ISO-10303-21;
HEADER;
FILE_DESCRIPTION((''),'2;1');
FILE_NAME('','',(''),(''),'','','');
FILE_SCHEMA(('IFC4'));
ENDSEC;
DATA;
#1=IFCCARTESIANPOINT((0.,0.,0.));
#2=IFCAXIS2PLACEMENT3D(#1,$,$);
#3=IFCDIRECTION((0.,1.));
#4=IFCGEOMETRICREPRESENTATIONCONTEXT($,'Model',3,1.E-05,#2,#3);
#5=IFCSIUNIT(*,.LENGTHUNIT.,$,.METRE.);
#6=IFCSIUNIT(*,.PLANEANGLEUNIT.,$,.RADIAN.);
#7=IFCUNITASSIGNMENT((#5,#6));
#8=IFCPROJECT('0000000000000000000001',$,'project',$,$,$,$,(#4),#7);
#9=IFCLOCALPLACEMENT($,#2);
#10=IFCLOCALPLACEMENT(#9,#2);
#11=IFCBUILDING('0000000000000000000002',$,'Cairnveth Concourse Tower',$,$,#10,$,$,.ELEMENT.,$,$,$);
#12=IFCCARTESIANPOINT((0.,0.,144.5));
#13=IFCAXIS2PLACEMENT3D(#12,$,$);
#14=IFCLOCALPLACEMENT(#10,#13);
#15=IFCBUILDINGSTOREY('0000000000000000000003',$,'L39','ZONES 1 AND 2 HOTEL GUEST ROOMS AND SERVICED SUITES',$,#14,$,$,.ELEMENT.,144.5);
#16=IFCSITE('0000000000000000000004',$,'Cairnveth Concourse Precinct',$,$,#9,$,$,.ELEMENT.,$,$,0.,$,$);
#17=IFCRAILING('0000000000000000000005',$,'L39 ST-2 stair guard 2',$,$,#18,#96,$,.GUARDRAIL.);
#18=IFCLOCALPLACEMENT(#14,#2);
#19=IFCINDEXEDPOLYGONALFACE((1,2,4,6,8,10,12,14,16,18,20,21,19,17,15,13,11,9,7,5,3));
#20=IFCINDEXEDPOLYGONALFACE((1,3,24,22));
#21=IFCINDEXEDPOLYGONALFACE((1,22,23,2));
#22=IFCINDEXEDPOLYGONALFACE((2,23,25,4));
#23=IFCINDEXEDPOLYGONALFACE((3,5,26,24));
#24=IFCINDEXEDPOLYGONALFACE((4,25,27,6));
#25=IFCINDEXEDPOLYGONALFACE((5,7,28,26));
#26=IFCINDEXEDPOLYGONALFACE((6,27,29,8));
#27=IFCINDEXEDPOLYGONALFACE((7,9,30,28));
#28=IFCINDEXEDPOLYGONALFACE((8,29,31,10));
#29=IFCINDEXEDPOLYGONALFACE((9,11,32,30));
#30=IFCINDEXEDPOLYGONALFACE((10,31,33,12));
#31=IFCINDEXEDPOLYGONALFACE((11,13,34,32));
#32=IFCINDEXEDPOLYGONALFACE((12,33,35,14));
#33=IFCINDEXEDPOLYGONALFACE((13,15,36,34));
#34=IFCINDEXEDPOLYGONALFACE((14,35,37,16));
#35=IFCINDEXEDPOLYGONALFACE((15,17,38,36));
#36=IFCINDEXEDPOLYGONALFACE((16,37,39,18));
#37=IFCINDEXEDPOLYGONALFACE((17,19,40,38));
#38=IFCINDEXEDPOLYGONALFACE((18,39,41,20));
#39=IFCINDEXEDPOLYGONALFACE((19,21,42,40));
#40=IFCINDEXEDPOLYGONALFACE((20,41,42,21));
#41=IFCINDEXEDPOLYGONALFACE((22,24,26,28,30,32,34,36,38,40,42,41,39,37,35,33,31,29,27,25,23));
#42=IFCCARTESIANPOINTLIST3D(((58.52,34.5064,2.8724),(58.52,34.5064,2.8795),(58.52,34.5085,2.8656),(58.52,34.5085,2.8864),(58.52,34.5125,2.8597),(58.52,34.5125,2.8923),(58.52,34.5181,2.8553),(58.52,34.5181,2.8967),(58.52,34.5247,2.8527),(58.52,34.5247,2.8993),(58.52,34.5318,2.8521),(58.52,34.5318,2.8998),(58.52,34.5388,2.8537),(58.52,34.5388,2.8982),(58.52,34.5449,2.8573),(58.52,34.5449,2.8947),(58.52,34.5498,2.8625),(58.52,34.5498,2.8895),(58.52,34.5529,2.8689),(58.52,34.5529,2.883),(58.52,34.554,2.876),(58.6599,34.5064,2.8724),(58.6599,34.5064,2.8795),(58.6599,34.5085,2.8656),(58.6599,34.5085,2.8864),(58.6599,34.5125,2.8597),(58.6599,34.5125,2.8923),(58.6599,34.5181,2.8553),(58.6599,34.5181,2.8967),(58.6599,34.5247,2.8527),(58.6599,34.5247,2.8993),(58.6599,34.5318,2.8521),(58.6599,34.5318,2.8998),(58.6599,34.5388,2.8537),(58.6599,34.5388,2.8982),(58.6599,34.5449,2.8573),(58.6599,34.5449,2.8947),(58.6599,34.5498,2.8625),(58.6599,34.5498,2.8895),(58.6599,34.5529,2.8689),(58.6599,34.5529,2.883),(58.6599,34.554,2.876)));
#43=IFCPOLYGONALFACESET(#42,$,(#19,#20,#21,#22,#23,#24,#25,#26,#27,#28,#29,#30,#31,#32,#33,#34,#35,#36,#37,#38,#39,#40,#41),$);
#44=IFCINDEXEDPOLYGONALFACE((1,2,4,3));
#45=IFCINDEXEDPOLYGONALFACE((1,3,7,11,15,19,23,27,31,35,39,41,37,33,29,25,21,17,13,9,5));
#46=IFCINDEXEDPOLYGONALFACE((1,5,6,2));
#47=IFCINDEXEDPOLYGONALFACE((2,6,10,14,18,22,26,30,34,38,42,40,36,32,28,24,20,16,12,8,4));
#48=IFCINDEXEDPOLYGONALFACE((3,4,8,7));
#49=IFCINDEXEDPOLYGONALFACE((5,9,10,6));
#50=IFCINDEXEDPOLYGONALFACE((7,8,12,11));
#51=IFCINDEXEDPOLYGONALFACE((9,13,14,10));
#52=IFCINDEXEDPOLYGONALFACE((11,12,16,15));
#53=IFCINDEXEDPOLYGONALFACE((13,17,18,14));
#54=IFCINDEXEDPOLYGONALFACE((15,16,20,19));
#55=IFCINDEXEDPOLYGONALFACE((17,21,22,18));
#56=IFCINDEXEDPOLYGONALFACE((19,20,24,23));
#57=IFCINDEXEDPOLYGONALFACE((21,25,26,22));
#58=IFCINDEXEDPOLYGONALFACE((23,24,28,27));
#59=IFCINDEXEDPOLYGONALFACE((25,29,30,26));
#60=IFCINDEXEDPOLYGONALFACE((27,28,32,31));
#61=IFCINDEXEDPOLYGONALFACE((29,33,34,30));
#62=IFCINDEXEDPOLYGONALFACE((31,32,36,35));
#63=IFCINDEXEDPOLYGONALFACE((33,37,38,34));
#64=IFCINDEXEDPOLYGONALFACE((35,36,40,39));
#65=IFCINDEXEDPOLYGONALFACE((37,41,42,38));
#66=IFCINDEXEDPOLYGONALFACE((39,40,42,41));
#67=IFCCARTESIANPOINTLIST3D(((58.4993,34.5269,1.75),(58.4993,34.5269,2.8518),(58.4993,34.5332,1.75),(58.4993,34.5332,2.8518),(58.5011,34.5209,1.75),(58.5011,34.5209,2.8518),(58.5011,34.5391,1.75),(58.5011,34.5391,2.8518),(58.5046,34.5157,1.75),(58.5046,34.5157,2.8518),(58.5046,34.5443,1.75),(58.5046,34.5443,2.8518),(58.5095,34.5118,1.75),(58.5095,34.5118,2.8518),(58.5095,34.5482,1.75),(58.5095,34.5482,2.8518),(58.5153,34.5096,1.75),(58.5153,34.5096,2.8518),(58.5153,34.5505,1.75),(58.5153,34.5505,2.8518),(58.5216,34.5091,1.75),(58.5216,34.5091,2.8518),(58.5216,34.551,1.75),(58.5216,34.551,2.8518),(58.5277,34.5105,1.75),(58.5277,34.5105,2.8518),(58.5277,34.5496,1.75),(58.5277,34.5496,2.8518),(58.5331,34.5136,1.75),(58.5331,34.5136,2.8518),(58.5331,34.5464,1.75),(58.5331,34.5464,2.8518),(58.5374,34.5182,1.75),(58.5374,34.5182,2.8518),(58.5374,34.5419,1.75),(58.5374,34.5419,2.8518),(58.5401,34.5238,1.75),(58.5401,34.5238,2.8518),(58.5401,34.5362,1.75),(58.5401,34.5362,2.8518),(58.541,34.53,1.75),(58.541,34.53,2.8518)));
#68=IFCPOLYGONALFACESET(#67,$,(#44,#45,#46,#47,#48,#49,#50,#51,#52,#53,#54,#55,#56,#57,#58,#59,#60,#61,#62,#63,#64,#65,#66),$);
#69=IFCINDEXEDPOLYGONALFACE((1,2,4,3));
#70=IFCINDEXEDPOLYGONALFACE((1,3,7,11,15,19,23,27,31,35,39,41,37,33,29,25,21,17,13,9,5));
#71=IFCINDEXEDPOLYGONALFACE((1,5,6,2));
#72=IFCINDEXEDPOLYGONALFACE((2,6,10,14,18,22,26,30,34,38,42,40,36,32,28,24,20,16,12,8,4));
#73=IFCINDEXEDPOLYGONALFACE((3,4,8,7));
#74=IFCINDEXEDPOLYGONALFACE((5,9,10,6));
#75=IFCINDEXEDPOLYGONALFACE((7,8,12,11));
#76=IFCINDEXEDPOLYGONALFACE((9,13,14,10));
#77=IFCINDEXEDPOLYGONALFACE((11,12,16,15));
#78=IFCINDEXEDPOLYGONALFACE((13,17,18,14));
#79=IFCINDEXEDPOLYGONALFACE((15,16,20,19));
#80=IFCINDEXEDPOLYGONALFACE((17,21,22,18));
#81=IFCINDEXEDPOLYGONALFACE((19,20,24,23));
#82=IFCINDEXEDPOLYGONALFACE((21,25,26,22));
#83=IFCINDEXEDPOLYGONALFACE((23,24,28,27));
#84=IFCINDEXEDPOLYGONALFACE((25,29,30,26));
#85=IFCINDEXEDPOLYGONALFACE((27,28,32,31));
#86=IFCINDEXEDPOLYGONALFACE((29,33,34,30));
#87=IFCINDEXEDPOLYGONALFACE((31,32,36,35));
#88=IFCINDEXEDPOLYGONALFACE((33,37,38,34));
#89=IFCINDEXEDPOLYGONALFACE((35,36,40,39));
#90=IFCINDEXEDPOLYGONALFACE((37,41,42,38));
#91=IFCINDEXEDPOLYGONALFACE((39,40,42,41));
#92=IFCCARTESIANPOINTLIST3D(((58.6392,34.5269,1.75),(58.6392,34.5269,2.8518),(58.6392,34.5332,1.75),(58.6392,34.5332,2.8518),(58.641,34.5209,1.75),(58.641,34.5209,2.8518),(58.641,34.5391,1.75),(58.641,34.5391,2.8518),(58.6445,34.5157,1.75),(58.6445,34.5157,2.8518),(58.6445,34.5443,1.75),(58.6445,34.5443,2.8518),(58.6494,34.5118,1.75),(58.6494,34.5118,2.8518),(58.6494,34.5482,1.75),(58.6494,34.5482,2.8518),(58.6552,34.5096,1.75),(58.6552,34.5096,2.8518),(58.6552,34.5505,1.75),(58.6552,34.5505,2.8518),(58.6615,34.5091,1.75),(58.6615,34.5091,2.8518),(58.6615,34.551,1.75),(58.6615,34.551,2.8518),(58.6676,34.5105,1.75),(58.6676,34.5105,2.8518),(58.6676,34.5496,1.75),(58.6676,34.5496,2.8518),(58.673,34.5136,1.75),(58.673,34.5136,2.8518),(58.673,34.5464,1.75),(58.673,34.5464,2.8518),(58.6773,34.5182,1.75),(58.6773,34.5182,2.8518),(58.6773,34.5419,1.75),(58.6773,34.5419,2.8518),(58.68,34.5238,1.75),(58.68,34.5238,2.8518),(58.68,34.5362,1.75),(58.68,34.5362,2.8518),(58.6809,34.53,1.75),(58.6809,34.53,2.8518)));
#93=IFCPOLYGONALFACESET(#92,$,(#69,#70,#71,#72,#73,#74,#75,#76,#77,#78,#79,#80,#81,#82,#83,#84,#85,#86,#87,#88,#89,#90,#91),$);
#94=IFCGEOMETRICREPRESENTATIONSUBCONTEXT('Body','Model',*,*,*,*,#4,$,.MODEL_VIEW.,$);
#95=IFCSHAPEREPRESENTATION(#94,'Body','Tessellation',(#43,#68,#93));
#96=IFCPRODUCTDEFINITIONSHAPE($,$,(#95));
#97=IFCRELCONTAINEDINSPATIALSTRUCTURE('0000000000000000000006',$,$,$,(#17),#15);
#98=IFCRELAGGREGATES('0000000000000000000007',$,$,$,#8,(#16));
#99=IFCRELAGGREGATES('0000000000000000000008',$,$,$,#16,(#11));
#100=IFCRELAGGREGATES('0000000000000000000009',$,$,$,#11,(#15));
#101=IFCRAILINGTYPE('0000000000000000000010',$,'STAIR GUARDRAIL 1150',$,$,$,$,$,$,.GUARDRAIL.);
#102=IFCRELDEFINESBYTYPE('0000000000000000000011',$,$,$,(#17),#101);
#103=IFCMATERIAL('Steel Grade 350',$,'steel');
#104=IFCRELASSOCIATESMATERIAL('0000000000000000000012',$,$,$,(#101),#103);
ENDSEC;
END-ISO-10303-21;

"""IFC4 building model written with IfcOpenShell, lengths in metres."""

from ifc_helpers import new_model, si_unit, direction, frame, origin, origin_2d, place, context, subcontext, project, spatial, circle, extrude, material, type_object, element, save


model = new_model("IFC4")

# Units and contexts
model_context = context("Model", 3, precision=1e-05, world=origin(), true_north=direction((0.0, 1.0)))
body_context = subcontext(model_context, "Body", "Model", "MODEL_VIEW")
ifc_project = project(units=[si_unit("LENGTHUNIT", "METRE"), si_unit("PLANEANGLEUNIT", "RADIAN")], contexts=[model_context])

# Site, building, storey
site_placement = place(None, origin())
site = spatial("IfcSite", under=ifc_project, at=site_placement, Name="Cairnveth Concourse Precinct", CompositionType="ELEMENT", RefElevation=0.0)
building_placement = place(site_placement, origin())
building = spatial("IfcBuilding", under=site, at=building_placement, Name="Cairnveth Concourse Tower", CompositionType="ELEMENT")
storey_placement = place(building_placement, frame((0.0, 0.0, 144.5)))
storey = spatial("IfcBuildingStorey", under=building, at=storey_placement, Name="L39", Description="ZONES 1 AND 2 HOTEL GUEST ROOMS AND SERVICED SUITES", CompositionType="ELEMENT", Elevation=144.5)

# Shared definitions
ifc_material_1 = material(Name="Steel Grade 350", Category="steel")

# Railing
railing_type_1 = type_object("IfcRailingType", Name="STAIR GUARDRAIL 1150", PredefinedType="GUARDRAIL", material=ifc_material_1)
railing_1_placement = place(storey_placement, frame((58.52, 34.53, 1.75)))
element("IfcRailing", 1, at=railing_1_placement, inside=storey, type_object=railing_type_1, Name="L39 ST-2 stair guard 2", PredefinedType="GUARDRAIL", context=body_context, shape_type="SweptSolid", body=[
    extrude(circle(Radius=0.0239, at=origin_2d()), frame((0.0, 0.0, 1.126), z_axis=(1.0, 0.0, 0.0), x_axis=(0.0, 1.0, 0.0)), (0.0, 0.0, 1.0), 0.1399),
    extrude(circle(Radius=0.021, at=origin_2d()), origin(), (0.0, 0.0, 1.0), 1.1018),
    extrude(circle(Radius=0.021, at=origin_2d()), frame((0.1399, 0.0, 0.0)), (0.0, 0.0, 1.0), 1.1018),
])

save(model, "model.ifc")
